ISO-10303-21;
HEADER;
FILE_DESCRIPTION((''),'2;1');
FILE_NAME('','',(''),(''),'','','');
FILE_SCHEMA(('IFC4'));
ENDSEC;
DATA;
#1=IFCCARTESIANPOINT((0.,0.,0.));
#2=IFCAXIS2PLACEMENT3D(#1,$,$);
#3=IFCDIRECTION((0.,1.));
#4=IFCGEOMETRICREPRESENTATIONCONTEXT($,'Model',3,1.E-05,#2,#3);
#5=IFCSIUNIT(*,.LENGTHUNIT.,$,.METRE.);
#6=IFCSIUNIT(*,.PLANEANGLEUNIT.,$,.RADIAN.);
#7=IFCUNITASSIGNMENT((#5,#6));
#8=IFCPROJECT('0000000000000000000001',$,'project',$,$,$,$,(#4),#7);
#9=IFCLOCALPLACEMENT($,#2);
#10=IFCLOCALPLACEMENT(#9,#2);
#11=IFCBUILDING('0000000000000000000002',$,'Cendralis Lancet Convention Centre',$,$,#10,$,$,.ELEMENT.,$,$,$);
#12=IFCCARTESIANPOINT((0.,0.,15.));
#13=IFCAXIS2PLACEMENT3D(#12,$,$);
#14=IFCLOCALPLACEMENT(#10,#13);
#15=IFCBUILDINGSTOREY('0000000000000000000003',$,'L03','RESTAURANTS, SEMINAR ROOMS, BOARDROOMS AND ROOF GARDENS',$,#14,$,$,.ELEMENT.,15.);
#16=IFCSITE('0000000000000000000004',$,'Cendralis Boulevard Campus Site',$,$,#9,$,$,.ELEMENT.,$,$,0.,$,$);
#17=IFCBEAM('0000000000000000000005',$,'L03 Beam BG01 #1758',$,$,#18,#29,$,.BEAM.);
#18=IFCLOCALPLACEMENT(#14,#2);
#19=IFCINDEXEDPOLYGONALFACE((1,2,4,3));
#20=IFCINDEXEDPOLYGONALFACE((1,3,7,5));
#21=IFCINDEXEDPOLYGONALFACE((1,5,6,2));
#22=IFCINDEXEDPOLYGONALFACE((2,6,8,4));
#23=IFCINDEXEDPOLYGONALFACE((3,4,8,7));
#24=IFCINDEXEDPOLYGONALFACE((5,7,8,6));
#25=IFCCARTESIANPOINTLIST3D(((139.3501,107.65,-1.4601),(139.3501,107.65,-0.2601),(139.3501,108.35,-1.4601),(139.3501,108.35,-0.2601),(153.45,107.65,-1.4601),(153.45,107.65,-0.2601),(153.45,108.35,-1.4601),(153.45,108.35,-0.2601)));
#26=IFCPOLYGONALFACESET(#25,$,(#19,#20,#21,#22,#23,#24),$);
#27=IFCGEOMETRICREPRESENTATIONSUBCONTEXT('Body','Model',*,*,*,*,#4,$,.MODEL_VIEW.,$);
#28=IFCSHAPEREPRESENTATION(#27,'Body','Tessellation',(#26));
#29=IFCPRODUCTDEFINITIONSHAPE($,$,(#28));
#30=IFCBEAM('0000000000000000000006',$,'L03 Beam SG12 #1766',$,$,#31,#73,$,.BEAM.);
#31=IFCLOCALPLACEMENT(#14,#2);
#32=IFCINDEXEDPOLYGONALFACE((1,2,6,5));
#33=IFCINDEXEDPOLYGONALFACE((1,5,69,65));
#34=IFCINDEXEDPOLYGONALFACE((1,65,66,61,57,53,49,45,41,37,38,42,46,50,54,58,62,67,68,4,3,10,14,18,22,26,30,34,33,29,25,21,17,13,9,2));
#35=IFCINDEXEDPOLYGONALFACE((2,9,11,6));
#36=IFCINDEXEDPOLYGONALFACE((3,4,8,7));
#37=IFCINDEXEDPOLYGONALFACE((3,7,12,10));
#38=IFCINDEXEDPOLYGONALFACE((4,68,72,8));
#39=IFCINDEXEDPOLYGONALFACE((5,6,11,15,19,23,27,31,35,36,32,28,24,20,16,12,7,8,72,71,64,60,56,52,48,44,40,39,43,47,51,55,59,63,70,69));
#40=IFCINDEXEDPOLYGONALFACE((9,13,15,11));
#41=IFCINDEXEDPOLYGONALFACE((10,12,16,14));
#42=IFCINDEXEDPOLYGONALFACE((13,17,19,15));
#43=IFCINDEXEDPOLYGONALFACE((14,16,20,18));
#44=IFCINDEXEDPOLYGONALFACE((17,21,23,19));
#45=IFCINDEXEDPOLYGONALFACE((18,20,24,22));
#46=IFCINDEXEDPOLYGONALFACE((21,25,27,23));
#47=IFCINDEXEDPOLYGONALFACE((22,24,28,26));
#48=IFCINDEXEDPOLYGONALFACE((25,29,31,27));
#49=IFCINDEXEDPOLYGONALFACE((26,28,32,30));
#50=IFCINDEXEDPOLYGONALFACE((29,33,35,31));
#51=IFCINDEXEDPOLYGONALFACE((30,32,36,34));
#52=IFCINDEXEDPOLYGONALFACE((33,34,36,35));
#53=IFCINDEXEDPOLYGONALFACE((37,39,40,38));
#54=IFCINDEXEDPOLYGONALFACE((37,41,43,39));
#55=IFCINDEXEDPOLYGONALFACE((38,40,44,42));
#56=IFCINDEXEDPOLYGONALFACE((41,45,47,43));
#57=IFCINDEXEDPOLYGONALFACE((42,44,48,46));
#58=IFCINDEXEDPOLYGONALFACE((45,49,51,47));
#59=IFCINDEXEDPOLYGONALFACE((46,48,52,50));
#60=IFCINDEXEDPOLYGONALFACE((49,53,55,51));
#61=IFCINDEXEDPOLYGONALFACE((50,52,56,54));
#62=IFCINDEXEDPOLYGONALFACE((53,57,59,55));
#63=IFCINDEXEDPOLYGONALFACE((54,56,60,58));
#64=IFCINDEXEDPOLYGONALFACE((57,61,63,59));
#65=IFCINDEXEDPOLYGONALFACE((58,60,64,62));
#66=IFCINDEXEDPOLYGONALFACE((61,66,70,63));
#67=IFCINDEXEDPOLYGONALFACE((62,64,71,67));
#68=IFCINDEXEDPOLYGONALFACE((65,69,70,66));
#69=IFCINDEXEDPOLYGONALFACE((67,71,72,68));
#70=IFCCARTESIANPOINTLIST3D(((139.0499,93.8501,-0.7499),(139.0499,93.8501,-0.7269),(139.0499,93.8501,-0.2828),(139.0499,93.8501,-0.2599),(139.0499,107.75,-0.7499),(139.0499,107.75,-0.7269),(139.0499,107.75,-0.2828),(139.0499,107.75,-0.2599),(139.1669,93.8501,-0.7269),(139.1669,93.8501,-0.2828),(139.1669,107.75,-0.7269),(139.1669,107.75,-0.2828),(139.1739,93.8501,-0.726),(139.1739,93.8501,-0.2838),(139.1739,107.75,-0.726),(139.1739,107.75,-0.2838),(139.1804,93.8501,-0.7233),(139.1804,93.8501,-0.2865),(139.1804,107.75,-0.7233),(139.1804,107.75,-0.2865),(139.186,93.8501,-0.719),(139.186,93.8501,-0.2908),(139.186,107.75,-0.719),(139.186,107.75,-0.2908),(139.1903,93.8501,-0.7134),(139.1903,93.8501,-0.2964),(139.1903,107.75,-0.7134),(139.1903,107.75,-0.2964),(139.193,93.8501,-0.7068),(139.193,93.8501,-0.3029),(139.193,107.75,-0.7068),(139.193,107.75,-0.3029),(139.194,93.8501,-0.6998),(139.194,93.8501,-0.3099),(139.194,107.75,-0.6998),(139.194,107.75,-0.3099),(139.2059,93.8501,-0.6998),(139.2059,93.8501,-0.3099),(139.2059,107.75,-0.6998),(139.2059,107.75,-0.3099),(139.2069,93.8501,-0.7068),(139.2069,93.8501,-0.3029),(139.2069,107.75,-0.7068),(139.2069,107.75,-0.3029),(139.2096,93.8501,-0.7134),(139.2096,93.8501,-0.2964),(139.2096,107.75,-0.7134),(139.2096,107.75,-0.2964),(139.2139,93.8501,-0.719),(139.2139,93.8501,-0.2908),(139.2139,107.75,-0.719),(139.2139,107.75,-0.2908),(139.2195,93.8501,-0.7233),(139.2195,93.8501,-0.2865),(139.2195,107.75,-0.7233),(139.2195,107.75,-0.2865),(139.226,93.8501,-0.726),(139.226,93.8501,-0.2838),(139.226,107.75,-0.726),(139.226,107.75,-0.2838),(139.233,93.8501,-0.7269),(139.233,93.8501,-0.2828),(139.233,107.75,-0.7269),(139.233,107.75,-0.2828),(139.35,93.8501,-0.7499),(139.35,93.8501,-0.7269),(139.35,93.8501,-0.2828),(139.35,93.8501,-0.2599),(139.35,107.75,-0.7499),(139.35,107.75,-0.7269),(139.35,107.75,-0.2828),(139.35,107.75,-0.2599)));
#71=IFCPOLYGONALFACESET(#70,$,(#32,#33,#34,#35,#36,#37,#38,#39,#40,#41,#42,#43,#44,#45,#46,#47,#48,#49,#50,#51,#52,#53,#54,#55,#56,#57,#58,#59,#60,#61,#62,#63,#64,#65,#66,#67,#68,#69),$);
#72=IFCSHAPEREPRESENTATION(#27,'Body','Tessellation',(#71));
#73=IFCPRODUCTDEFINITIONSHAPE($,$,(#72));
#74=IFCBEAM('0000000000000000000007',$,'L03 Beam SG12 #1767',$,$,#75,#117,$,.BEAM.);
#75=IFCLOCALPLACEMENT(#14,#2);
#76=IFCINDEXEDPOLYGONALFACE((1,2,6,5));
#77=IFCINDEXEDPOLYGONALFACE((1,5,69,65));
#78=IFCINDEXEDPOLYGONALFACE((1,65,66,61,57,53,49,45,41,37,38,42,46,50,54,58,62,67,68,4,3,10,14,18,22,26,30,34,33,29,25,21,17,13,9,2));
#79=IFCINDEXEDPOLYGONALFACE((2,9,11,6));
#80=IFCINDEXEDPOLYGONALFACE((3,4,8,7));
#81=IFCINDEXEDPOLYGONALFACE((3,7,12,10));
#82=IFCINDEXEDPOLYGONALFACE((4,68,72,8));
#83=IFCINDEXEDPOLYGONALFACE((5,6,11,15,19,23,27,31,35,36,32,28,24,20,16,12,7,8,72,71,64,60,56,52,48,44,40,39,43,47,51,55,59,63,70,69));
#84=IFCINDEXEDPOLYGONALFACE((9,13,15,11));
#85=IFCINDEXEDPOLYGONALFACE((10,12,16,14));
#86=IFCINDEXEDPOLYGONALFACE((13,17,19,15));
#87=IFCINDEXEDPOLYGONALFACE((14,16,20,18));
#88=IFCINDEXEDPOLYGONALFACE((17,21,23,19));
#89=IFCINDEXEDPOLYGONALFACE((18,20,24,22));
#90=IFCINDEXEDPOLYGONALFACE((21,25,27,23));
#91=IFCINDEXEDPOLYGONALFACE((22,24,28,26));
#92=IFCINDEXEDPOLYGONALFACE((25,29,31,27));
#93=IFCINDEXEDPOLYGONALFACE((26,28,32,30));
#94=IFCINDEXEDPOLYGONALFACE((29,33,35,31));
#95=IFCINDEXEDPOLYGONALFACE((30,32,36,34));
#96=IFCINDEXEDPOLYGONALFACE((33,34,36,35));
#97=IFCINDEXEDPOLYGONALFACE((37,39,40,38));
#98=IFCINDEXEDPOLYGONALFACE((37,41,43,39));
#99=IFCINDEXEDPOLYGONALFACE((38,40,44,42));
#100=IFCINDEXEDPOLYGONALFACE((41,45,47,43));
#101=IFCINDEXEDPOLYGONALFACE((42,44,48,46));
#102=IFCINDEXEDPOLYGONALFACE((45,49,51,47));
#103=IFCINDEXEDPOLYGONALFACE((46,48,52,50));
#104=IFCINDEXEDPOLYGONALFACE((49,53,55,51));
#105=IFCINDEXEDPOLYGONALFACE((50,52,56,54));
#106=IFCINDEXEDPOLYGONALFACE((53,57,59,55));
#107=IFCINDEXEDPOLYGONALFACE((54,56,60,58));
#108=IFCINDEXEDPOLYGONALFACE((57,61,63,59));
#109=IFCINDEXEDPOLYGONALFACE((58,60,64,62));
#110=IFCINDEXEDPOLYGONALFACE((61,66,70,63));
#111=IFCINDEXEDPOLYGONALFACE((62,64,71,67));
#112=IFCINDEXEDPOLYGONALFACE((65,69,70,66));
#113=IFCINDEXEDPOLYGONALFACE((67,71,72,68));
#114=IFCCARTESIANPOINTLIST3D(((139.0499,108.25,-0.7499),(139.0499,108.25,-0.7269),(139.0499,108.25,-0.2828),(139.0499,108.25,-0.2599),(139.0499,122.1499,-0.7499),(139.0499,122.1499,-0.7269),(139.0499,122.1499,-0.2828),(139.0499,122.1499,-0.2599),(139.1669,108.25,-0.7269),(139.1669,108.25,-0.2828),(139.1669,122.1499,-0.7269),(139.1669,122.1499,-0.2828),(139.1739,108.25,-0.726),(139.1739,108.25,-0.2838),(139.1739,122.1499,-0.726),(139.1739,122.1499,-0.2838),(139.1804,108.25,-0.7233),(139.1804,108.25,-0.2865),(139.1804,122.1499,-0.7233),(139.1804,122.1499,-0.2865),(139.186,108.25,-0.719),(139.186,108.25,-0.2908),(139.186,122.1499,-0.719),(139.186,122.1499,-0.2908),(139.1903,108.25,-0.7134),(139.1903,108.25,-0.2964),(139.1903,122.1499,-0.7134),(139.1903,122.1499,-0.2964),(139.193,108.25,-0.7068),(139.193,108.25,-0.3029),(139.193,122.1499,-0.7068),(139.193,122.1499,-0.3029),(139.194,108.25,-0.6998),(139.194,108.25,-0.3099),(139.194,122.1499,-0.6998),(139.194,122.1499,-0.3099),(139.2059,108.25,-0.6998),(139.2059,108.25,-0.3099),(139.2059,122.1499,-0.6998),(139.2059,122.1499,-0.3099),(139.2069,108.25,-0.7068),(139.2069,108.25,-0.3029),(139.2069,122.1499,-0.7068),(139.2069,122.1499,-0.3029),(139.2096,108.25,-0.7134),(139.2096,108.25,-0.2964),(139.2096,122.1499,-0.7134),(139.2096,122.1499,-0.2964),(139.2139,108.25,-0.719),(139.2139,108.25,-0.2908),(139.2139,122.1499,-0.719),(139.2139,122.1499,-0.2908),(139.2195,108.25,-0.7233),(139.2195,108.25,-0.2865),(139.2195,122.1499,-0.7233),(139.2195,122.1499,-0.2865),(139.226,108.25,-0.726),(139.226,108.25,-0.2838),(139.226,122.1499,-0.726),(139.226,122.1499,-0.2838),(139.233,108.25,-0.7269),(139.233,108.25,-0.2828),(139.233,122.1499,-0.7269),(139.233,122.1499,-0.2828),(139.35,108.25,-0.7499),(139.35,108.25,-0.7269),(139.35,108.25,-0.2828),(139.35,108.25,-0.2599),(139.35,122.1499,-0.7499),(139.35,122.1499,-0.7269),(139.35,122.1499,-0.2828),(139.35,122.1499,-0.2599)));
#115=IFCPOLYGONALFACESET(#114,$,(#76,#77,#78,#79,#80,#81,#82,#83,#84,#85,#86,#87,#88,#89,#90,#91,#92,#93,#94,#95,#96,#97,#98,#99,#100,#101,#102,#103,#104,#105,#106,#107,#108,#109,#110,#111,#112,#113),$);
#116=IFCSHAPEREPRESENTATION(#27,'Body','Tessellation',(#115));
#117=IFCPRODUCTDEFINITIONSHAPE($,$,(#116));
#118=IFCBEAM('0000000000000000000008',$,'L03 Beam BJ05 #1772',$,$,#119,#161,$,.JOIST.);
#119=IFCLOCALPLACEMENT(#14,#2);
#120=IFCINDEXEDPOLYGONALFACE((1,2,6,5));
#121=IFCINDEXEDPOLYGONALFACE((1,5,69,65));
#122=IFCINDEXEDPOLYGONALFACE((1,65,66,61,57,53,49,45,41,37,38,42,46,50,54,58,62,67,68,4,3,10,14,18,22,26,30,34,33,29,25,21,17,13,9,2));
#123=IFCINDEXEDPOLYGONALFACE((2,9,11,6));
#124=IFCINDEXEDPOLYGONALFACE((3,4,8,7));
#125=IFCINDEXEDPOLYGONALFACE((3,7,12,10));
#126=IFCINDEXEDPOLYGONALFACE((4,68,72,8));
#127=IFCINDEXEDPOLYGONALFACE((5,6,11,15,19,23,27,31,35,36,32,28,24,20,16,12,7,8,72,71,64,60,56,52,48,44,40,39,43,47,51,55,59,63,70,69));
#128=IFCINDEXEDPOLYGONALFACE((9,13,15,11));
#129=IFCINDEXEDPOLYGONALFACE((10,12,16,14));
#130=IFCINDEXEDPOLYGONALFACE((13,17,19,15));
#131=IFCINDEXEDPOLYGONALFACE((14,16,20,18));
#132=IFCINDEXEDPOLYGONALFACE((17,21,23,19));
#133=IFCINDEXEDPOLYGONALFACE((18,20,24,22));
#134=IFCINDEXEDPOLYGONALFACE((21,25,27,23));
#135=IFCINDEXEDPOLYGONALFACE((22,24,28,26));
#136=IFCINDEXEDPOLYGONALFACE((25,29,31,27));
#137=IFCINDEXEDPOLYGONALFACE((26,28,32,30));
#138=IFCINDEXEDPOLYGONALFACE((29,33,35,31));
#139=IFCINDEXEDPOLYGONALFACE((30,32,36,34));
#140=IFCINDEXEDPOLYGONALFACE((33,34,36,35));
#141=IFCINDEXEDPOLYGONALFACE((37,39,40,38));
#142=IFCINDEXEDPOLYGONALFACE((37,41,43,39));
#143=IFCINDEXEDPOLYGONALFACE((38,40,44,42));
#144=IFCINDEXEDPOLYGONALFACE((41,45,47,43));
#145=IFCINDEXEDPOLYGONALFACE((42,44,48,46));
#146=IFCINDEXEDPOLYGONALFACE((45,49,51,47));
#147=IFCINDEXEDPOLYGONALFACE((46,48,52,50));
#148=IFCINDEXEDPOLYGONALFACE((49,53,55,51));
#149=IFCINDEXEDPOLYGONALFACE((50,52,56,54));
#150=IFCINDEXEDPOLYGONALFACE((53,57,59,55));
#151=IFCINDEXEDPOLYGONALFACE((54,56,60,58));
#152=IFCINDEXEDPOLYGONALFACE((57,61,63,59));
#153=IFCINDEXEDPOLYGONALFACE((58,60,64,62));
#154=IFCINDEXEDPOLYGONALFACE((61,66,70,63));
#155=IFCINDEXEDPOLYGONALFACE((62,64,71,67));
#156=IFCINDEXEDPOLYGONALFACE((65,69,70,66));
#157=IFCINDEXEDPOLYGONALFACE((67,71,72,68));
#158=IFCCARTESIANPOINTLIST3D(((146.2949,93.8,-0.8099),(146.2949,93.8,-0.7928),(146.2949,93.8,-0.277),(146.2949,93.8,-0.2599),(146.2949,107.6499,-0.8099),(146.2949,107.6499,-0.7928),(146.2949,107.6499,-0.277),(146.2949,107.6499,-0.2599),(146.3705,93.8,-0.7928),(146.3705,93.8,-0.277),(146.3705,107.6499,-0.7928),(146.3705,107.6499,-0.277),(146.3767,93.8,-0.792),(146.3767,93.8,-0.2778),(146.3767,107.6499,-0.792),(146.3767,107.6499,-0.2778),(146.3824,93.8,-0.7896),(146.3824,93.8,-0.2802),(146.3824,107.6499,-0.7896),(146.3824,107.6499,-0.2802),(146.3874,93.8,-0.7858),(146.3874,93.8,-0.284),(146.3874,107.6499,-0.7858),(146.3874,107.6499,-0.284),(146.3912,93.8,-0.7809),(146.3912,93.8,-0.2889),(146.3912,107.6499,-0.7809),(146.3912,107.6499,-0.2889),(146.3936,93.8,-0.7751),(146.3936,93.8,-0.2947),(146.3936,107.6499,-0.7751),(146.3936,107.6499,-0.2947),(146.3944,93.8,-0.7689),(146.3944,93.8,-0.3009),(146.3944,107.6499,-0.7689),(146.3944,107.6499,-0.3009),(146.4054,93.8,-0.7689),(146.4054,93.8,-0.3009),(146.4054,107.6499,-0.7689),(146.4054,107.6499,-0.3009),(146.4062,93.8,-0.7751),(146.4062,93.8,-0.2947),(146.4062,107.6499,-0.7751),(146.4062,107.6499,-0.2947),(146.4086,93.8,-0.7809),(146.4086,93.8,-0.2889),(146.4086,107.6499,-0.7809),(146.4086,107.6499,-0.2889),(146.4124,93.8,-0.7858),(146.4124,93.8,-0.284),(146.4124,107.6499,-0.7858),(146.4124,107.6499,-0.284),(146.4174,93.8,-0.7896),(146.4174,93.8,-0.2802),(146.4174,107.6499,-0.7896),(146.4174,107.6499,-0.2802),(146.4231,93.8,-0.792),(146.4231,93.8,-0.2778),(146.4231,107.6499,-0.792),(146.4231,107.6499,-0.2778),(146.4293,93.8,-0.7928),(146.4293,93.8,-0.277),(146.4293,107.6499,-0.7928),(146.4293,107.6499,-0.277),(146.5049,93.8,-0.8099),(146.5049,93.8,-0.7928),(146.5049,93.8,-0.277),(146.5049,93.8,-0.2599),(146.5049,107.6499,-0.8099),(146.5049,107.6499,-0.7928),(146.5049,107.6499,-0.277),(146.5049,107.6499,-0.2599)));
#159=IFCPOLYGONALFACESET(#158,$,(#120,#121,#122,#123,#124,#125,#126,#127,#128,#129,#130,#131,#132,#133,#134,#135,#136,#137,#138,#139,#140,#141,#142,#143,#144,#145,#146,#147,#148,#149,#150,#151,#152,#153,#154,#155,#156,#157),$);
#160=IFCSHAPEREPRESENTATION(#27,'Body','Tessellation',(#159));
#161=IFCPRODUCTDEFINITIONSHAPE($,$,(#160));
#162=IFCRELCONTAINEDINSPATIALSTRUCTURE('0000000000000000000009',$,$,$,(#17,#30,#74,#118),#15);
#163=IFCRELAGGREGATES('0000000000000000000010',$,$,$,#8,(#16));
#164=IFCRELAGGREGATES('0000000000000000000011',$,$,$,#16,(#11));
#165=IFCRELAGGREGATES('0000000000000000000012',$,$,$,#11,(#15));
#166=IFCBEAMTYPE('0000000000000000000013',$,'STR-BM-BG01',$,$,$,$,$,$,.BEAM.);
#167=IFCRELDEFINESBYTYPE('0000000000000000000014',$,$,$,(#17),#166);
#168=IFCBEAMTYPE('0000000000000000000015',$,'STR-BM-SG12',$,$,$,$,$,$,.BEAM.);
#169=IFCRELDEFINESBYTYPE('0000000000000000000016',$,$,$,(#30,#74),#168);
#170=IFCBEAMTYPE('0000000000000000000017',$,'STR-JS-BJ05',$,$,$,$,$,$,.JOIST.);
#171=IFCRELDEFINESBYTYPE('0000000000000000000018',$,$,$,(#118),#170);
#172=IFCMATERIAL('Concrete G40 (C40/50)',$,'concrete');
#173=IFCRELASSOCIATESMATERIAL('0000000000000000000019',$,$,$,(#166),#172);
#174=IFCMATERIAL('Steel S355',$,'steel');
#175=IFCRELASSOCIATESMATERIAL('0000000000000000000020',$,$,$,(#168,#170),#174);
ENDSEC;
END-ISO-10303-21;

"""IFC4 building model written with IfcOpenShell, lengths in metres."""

from ifc_helpers import new_model, si_unit, direction, frame, origin, origin_2d, place, context, subcontext, project, spatial, rectangle, i_section, extrude, material, material_profile, profile_set, type_object, element, save


model = new_model("IFC4")

# Units and contexts
model_context = context("Model", 3, precision=1e-05, world=origin(), true_north=direction((0.0, 1.0)))
body_context = subcontext(model_context, "Body", "Model", "MODEL_VIEW")
ifc_project = project(units=[si_unit("LENGTHUNIT", "METRE"), si_unit("PLANEANGLEUNIT", "RADIAN")], contexts=[model_context])

# Site, building, storey
site_placement = place(None, origin())
site = spatial("IfcSite", under=ifc_project, at=site_placement, Name="Cendralis Boulevard Campus Site", CompositionType="ELEMENT", RefElevation=0.0)
building_placement = place(site_placement, origin())
building = spatial("IfcBuilding", under=site, at=building_placement, Name="Cendralis Lancet Convention Centre", CompositionType="ELEMENT")
storey_placement = place(building_placement, frame((0.0, 0.0, 15.0)))
storey = spatial("IfcBuildingStorey", under=building, at=storey_placement, Name="L03", Description="RESTAURANTS, SEMINAR ROOMS, BOARDROOMS AND ROOF GARDENS", CompositionType="ELEMENT", Elevation=15.0)

# Shared definitions
ifc_material_1 = material(Name="Steel S355", Category="steel")

# Beams
ifc_material_2 = material(Name="Concrete G40 (C40/50)", Category="concrete")
ifc_material_profile_1 = material_profile(ifc_material_2, rectangle(XDim=0.7, YDim=1.2, at=origin_2d()), Name="RCB 700x1200")
ifc_profile_set_1 = profile_set([ifc_material_profile_1], Name="Concrete G40 (C40/50)")
beam_type_1 = type_object("IfcBeamType", Name="STR-BM-BG01", PredefinedType="BEAM", material=ifc_profile_set_1)
beam_1_placement = place(storey_placement, frame((139.3501, 108.0, -0.8601), z_axis=(1.0, 0.0, 0.0), x_axis=(0.0, 1.0, 0.0)))
element("IfcBeam", 1, at=beam_1_placement, inside=storey, type_object=beam_type_1, Name="L03 Beam BG01 #1758", PredefinedType="BEAM", context=body_context, shape_type="SweptSolid", body=[
    extrude(rectangle(XDim=0.7, YDim=1.2, at=origin_2d()), origin(), (0.0, 0.0, 1.0), 14.0999),
])
ifc_material_profile_2 = material_profile(ifc_material_1, i_section(OverallWidth=0.3, OverallDepth=0.49, WebThickness=0.012, FlangeThickness=0.0229, FilletRadius=0.0271, at=origin_2d()), Name="HEA 500")
ifc_profile_set_2 = profile_set([ifc_material_profile_2], Name="Steel S355")
beam_type_2 = type_object("IfcBeamType", Name="STR-BM-SG12", PredefinedType="BEAM", material=ifc_profile_set_2)
for number, where, z_axis, x_axis, name in (
    (2, (139.2, 93.8501, -0.5049), (0.0, 1.0, 0.0), (-1.0, 0.0, 0.0), "L03 Beam SG12 #1766"),
    (3, (139.2, 108.25, -0.5049), (0.0, 1.0, 0.0), (-1.0, 0.0, 0.0), "L03 Beam SG12 #1767"),
):
    element("IfcBeam", number, at=place(storey_placement, frame(where, z_axis=z_axis, x_axis=x_axis)), inside=storey, type_object=beam_type_2, Name=name, PredefinedType="BEAM", context=body_context, shape_type="SweptSolid", body=[
        extrude(i_section(OverallWidth=0.3, OverallDepth=0.49, WebThickness=0.012, FlangeThickness=0.0229, FilletRadius=0.0271, at=origin_2d()), origin(), (0.0, 0.0, 1.0), 13.8999),
    ])
ifc_material_profile_3 = material_profile(ifc_material_1, i_section(OverallWidth=0.21, OverallDepth=0.55, WebThickness=0.011, FlangeThickness=0.0171, FilletRadius=0.0239, at=origin_2d()), Name="IPE 550")
ifc_profile_set_3 = profile_set([ifc_material_profile_3], Name="Steel S355")
beam_type_3 = type_object("IfcBeamType", Name="STR-JS-BJ05", PredefinedType="JOIST", material=ifc_profile_set_3)
beam_2_placement = place(storey_placement, frame((146.3999, 93.8, -0.5349), z_axis=(0.0, 1.0, 0.0), x_axis=(-1.0, 0.0, 0.0)))
element("IfcBeam", 4, at=beam_2_placement, inside=storey, type_object=beam_type_3, Name="L03 Beam BJ05 #1772", PredefinedType="JOIST", context=body_context, shape_type="SweptSolid", body=[
    extrude(i_section(OverallWidth=0.21, OverallDepth=0.55, WebThickness=0.011, FlangeThickness=0.0171, FilletRadius=0.0239, at=origin_2d()), origin(), (0.0, 0.0, 1.0), 13.8499),
])

save(model, "model.ifc")
